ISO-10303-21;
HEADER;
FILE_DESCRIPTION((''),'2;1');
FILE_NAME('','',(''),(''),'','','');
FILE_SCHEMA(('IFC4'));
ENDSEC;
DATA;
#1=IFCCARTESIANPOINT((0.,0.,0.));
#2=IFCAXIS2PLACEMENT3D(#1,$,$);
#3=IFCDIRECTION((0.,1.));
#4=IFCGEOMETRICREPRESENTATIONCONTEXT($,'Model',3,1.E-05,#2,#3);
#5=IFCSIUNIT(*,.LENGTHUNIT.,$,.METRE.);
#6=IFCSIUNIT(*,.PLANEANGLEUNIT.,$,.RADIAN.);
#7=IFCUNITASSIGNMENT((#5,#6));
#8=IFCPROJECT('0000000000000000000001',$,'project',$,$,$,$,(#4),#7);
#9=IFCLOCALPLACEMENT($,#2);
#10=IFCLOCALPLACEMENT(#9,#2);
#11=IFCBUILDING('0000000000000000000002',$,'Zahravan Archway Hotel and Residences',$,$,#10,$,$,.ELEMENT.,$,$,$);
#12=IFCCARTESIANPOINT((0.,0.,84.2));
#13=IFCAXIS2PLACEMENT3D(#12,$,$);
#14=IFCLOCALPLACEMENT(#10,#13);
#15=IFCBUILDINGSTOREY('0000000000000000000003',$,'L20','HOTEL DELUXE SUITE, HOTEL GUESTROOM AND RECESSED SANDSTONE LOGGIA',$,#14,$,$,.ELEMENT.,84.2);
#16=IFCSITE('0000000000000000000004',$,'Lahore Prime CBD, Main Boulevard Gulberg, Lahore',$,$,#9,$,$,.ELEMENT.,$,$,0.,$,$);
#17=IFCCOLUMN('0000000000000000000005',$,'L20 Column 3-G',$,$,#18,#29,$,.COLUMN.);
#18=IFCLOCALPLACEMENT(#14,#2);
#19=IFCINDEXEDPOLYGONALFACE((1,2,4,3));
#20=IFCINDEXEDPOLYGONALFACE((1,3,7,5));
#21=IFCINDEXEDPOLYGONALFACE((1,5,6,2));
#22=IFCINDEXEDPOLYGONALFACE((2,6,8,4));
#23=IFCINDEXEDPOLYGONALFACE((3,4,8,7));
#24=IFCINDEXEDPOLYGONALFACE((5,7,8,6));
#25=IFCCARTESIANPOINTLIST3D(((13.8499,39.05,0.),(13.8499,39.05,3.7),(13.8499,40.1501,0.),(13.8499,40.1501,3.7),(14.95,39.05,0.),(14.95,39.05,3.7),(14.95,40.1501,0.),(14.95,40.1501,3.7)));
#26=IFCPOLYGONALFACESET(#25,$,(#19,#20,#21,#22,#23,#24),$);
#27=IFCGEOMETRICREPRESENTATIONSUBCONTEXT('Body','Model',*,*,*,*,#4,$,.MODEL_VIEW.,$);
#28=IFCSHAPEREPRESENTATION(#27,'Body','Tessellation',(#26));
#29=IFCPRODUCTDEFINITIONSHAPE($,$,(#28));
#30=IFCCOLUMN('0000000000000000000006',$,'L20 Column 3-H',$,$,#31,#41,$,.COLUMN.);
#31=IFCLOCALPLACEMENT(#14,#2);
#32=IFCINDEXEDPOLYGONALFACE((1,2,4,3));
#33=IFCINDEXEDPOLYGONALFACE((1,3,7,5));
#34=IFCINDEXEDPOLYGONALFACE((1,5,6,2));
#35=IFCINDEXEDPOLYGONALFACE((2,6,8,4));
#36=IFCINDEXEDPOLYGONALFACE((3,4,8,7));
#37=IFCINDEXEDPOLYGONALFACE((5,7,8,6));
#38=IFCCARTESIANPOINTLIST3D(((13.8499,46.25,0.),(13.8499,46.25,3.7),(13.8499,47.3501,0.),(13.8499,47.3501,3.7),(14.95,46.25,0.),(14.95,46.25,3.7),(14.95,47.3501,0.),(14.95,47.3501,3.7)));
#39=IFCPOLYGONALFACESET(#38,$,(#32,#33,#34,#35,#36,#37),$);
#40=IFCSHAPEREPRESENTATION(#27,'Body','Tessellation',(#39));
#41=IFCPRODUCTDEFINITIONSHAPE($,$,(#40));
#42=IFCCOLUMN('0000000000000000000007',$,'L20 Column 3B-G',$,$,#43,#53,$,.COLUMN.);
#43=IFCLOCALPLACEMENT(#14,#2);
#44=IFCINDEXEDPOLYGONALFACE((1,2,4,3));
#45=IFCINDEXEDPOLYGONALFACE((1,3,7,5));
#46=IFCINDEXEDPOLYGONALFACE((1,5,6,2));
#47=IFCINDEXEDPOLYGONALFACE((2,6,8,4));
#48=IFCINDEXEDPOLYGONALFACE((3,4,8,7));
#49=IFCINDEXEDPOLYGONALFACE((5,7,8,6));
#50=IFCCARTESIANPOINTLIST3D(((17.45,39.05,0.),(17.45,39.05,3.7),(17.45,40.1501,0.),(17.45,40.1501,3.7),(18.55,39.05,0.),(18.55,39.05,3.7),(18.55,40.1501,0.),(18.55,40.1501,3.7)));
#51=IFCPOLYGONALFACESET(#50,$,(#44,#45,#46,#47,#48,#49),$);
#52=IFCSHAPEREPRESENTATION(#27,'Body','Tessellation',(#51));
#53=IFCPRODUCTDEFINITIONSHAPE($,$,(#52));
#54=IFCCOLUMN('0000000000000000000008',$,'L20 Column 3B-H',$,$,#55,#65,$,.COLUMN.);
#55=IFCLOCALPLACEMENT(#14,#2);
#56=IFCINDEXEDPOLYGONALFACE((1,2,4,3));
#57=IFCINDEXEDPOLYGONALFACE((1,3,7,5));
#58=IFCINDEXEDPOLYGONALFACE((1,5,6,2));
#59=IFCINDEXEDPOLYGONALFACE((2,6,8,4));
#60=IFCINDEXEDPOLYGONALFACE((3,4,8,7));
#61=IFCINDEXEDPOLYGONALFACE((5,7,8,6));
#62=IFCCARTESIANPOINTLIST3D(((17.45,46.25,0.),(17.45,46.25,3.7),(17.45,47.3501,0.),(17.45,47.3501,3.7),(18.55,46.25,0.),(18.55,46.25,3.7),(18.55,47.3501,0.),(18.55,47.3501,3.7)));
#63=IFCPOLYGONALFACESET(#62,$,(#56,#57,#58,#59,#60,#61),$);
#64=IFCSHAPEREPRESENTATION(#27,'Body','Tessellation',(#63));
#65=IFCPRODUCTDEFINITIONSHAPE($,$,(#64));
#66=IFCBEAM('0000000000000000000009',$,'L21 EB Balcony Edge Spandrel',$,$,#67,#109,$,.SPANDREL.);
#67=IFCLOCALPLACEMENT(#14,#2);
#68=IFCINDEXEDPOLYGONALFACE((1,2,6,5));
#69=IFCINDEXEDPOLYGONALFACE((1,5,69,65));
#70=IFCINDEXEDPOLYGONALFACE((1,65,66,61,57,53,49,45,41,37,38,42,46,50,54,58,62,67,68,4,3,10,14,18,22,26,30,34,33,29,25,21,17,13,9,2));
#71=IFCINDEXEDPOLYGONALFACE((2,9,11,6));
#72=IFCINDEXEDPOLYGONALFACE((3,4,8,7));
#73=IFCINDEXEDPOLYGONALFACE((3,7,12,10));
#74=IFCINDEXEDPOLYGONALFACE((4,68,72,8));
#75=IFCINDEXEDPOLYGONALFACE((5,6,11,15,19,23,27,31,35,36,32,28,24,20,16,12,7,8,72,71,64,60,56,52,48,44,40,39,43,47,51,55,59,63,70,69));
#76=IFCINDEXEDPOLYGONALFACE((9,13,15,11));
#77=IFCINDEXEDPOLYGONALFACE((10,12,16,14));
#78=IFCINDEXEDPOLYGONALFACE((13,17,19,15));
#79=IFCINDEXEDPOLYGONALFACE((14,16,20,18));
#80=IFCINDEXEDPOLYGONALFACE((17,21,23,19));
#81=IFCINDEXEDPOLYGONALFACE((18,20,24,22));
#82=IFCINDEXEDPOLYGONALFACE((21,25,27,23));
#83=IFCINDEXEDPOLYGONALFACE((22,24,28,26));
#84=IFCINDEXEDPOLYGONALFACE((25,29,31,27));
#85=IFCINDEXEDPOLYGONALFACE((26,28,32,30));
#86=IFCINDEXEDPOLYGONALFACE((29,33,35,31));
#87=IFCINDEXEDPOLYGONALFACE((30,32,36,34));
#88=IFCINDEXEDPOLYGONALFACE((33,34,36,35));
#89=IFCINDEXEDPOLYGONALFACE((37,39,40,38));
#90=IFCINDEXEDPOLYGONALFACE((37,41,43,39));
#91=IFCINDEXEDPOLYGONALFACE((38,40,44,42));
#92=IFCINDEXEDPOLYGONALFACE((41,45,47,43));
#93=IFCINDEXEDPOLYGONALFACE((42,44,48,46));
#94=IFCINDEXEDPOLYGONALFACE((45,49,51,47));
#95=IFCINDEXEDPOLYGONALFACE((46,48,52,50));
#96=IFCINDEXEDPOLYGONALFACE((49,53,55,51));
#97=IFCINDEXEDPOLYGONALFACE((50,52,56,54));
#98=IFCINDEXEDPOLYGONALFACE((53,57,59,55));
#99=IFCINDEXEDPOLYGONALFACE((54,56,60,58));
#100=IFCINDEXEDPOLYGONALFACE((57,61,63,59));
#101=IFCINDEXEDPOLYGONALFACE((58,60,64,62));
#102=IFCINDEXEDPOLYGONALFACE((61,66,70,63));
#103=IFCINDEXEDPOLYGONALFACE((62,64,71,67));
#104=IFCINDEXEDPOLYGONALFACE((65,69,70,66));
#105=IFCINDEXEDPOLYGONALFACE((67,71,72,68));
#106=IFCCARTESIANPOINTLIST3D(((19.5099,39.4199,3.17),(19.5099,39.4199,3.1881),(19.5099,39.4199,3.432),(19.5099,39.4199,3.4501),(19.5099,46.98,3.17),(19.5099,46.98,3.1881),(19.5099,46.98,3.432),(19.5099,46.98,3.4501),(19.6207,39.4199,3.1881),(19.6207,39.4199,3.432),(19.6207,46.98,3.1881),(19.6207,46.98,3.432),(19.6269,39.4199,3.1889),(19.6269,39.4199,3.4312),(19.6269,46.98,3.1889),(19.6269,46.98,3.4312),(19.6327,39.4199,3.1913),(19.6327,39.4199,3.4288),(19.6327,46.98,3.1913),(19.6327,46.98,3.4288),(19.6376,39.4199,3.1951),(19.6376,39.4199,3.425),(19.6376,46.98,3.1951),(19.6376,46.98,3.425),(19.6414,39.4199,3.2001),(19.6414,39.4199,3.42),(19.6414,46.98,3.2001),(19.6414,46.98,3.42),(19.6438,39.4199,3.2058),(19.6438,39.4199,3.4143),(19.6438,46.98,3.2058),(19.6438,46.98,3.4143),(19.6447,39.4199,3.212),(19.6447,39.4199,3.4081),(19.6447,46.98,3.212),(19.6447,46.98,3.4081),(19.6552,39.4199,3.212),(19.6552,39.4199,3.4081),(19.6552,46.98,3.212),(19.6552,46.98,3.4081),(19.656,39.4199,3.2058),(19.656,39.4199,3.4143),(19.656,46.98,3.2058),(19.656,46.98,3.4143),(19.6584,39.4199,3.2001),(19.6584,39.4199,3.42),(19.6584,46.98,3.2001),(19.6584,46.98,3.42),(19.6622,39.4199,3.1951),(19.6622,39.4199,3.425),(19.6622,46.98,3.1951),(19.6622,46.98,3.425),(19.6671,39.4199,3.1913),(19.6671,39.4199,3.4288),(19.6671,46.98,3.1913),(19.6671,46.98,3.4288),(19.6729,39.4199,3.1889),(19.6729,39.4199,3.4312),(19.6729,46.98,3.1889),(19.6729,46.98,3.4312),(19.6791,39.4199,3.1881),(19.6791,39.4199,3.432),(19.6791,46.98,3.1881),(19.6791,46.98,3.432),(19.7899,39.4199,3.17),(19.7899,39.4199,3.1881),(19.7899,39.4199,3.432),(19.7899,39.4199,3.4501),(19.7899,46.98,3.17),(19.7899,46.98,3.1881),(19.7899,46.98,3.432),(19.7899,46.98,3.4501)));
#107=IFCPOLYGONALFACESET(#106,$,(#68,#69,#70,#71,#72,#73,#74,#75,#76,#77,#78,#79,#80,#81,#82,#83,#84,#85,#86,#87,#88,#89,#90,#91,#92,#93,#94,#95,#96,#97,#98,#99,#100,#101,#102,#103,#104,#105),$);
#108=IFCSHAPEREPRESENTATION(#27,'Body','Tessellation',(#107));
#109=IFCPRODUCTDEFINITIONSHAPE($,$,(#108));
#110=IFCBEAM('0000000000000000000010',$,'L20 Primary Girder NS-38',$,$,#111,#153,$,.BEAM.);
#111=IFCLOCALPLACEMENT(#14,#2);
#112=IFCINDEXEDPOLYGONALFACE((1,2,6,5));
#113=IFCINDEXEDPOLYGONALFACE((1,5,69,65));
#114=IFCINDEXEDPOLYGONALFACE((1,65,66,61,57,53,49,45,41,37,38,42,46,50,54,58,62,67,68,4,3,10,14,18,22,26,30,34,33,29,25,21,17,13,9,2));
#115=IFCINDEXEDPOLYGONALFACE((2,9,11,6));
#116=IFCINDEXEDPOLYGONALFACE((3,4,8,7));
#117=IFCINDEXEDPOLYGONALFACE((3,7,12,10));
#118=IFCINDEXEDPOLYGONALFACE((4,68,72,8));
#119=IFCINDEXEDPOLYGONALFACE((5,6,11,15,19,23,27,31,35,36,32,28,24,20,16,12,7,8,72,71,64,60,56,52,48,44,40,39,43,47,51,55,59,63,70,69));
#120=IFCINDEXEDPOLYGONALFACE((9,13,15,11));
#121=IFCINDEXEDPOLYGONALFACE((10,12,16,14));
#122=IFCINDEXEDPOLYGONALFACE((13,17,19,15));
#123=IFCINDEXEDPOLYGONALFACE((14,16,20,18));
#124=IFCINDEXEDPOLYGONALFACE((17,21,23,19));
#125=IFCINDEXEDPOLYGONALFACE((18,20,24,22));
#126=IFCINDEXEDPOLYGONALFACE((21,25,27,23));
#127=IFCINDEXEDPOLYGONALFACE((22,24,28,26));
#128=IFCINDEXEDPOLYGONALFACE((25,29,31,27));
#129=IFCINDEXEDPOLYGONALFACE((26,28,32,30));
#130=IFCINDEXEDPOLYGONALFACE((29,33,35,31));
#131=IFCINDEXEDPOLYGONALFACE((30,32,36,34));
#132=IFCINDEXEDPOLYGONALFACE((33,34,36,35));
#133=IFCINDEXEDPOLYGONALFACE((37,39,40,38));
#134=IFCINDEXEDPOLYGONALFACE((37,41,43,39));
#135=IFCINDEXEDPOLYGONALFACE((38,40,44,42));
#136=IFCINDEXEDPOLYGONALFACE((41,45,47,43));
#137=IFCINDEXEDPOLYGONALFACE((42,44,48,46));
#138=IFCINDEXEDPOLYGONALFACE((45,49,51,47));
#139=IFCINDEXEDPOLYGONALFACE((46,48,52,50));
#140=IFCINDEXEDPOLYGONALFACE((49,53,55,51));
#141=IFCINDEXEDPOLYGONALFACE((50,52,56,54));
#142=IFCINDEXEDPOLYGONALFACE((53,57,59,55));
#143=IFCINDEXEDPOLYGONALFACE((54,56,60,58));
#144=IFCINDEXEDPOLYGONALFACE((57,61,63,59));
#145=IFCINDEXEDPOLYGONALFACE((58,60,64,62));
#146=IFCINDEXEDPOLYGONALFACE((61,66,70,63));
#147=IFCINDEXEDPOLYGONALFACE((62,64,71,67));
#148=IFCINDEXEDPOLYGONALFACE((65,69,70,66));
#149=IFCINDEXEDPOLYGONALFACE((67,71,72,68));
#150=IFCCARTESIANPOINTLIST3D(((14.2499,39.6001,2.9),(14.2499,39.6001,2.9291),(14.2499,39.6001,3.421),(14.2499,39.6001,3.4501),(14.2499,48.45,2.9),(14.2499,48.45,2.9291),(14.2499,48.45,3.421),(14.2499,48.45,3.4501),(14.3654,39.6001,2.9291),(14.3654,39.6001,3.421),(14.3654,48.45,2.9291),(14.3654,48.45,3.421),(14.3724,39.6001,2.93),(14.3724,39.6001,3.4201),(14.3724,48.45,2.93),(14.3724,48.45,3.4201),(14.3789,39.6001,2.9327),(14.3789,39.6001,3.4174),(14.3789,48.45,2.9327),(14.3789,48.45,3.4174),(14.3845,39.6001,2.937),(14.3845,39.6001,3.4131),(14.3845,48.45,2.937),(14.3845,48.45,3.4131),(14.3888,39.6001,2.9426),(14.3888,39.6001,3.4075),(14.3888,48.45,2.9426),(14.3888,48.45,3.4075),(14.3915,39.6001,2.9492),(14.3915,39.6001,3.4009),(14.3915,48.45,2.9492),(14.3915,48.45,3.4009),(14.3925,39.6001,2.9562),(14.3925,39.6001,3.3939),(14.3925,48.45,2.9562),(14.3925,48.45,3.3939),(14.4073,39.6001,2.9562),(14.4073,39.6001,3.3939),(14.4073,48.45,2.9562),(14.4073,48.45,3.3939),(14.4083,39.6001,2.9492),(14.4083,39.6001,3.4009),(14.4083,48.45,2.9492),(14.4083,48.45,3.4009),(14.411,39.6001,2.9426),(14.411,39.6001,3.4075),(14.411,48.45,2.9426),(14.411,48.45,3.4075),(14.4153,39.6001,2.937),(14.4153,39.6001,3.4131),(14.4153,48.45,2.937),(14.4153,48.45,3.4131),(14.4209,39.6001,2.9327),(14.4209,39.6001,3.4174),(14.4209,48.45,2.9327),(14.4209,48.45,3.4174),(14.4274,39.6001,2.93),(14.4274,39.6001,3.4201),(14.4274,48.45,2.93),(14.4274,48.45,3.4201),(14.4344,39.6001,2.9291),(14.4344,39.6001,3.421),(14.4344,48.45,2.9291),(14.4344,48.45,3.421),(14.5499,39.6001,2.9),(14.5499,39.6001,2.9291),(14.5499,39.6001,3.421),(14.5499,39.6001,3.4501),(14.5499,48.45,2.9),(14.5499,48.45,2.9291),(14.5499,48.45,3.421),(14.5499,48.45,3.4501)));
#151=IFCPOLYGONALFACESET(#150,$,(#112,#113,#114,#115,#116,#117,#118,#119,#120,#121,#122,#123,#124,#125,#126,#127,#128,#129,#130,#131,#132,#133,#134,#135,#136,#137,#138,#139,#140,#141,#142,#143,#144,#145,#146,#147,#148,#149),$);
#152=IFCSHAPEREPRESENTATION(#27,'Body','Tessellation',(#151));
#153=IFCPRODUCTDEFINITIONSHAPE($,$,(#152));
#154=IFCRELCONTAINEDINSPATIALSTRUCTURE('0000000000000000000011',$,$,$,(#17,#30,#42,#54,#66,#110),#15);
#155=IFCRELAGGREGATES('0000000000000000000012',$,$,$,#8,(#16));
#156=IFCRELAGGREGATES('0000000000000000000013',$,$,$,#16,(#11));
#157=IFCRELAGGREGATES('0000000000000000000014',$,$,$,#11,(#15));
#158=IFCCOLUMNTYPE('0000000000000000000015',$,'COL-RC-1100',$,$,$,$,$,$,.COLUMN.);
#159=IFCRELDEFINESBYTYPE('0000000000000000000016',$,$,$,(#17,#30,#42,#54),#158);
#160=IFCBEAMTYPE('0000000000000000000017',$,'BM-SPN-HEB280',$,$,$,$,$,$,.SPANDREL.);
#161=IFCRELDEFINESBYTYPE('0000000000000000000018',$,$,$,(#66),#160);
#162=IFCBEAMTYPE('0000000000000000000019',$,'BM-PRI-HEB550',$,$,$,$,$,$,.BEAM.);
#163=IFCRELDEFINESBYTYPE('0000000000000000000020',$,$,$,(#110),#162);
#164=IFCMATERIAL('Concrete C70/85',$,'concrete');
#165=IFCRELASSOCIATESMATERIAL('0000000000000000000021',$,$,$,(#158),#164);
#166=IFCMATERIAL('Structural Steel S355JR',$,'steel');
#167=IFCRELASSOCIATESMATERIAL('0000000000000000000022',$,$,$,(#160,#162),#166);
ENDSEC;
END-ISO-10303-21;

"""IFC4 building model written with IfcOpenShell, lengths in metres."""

from ifc_helpers import new_model, si_unit, direction, frame, origin, origin_2d, place, context, subcontext, project, spatial, rectangle, i_section, extrude, source, transform, mapped, material, material_profile, profile_set, type_object, type_shapes, element, save


model = new_model("IFC4")

# Units and contexts
model_context = context("Model", 3, precision=1e-05, world=origin(), true_north=direction((0.0, 1.0)))
body_context = subcontext(model_context, "Body", "Model", "MODEL_VIEW")
ifc_project = project(units=[si_unit("LENGTHUNIT", "METRE"), si_unit("PLANEANGLEUNIT", "RADIAN")], contexts=[model_context])

# Site, building, storey
site_placement = place(None, origin())
site = spatial("IfcSite", under=ifc_project, at=site_placement, Name="Lahore Prime CBD, Main Boulevard Gulberg, Lahore", CompositionType="ELEMENT", RefElevation=0.0)
building_placement = place(site_placement, origin())
building = spatial("IfcBuilding", under=site, at=building_placement, Name="Zahravan Archway Hotel and Residences", CompositionType="ELEMENT")
storey_placement = place(building_placement, frame((0.0, 0.0, 84.2)))
storey = spatial("IfcBuildingStorey", under=building, at=storey_placement, Name="L20", Description="HOTEL DELUXE SUITE, HOTEL GUESTROOM AND RECESSED SANDSTONE LOGGIA", CompositionType="ELEMENT", Elevation=84.2)

# Columns
ifc_material_1 = material(Name="Concrete C70/85", Category="concrete")
ifc_material_profile_1 = material_profile(ifc_material_1, rectangle(XDim=1.1001, YDim=1.1001, at=origin_2d()), Name="RC 1100x1100", Category="concrete")
ifc_profile_set_1 = profile_set([ifc_material_profile_1], Name="Concrete C70/85")
column_type = type_object("IfcColumnType", Name="COL-RC-1100", PredefinedType="COLUMN", material=ifc_profile_set_1)
shared_shape_1 = source(origin(), body_context, "Body", "SweptSolid", [
    extrude(rectangle(XDim=1.1001, YDim=1.1001, at=origin_2d()), origin(), (0.0, 0.0, 1.0), 3.7),
])
for number, where, z_axis, x_axis, name in (
    (1, (14.3999, 39.6001, 0.0), (0.0, 0.0, 1.0), (1.0, 0.0, 0.0), "L20 Column 3-G"),
    (2, (14.3999, 46.8, 0.0), (0.0, 0.0, 1.0), (1.0, 0.0, 0.0), "L20 Column 3-H"),
    (3, (18.0, 39.6001, 0.0), (0.0, 0.0, 1.0), (1.0, 0.0, 0.0), "L20 Column 3B-G"),
    (4, (18.0, 46.8, 0.0), (0.0, 0.0, 1.0), (1.0, 0.0, 0.0), "L20 Column 3B-H"),
):
    element("IfcColumn", number, at=place(storey_placement, frame(where, z_axis=z_axis, x_axis=x_axis)), inside=storey, type_object=column_type, Name=name, PredefinedType="COLUMN", context=body_context, shape_type="MappedRepresentation", body=[
        mapped(shared_shape_1, transform((0.0, 0.0, 0.0), scale=1.0)),
    ])

# Beams
ifc_material_2 = material(Name="Structural Steel S355JR", Category="steel")
ifc_material_profile_2 = material_profile(ifc_material_2, i_section(OverallWidth=0.28, OverallDepth=0.28, WebThickness=0.0105, FlangeThickness=0.0181, FilletRadius=0.0239, at=origin_2d()), Name="HEB 280", Category="steel")
ifc_profile_set_2 = profile_set([ifc_material_profile_2], Name="Structural Steel S355JR")
beam_type_1 = type_object("IfcBeamType", Name="BM-SPN-HEB280", PredefinedType="SPANDREL", material=ifc_profile_set_2)
shared_shape_2 = source(origin(), body_context, "Body", "SweptSolid", [
    extrude(i_section(OverallWidth=0.28, OverallDepth=0.28, WebThickness=0.0105, FlangeThickness=0.0181, FilletRadius=0.0239, at=origin_2d()), origin(), (0.0, 0.0, 1.0), 7.5601),
])
type_shapes(beam_type_1, [shared_shape_2])
beam_1_placement = place(storey_placement, frame((19.6499, 39.4199, 3.3101), z_axis=(0.0, 1.0, 0.0), x_axis=(-1.0, 0.0, 0.0)))
element("IfcBeam", 5, at=beam_1_placement, inside=storey, type_object=beam_type_1, Name="L21 EB Balcony Edge Spandrel", PredefinedType="SPANDREL", context=body_context, shape_type="MappedRepresentation", body=[
    mapped(shared_shape_2, transform((0.0, 0.0, 0.0), scale=1.0)),
])
ifc_material_profile_3 = material_profile(ifc_material_2, i_section(OverallWidth=0.3, OverallDepth=0.55, WebThickness=0.0149, FlangeThickness=0.0291, FilletRadius=0.0271, at=origin_2d()), Name="HEB 550", Category="steel")
ifc_profile_set_3 = profile_set([ifc_material_profile_3], Name="Structural Steel S355JR")
beam_type_2 = type_object("IfcBeamType", Name="BM-PRI-HEB550", PredefinedType="BEAM", material=ifc_profile_set_3)
shared_shape_3 = source(origin(), body_context, "Body", "SweptSolid", [
    extrude(i_section(OverallWidth=0.3, OverallDepth=0.55, WebThickness=0.0149, FlangeThickness=0.0291, FilletRadius=0.0271, at=origin_2d()), origin(), (0.0, 0.0, 1.0), 8.8499),
])
beam_2_placement = place(storey_placement, frame((14.3999, 39.6001, 3.175), z_axis=(0.0, 1.0, 0.0), x_axis=(-1.0, 0.0, 0.0)))
element("IfcBeam", 6, at=beam_2_placement, inside=storey, type_object=beam_type_2, Name="L20 Primary Girder NS-38", PredefinedType="BEAM", context=body_context, shape_type="MappedRepresentation", body=[
    mapped(shared_shape_3, transform((0.0, 0.0, 0.0), scale=1.0)),
])

save(model, "model.ifc")
